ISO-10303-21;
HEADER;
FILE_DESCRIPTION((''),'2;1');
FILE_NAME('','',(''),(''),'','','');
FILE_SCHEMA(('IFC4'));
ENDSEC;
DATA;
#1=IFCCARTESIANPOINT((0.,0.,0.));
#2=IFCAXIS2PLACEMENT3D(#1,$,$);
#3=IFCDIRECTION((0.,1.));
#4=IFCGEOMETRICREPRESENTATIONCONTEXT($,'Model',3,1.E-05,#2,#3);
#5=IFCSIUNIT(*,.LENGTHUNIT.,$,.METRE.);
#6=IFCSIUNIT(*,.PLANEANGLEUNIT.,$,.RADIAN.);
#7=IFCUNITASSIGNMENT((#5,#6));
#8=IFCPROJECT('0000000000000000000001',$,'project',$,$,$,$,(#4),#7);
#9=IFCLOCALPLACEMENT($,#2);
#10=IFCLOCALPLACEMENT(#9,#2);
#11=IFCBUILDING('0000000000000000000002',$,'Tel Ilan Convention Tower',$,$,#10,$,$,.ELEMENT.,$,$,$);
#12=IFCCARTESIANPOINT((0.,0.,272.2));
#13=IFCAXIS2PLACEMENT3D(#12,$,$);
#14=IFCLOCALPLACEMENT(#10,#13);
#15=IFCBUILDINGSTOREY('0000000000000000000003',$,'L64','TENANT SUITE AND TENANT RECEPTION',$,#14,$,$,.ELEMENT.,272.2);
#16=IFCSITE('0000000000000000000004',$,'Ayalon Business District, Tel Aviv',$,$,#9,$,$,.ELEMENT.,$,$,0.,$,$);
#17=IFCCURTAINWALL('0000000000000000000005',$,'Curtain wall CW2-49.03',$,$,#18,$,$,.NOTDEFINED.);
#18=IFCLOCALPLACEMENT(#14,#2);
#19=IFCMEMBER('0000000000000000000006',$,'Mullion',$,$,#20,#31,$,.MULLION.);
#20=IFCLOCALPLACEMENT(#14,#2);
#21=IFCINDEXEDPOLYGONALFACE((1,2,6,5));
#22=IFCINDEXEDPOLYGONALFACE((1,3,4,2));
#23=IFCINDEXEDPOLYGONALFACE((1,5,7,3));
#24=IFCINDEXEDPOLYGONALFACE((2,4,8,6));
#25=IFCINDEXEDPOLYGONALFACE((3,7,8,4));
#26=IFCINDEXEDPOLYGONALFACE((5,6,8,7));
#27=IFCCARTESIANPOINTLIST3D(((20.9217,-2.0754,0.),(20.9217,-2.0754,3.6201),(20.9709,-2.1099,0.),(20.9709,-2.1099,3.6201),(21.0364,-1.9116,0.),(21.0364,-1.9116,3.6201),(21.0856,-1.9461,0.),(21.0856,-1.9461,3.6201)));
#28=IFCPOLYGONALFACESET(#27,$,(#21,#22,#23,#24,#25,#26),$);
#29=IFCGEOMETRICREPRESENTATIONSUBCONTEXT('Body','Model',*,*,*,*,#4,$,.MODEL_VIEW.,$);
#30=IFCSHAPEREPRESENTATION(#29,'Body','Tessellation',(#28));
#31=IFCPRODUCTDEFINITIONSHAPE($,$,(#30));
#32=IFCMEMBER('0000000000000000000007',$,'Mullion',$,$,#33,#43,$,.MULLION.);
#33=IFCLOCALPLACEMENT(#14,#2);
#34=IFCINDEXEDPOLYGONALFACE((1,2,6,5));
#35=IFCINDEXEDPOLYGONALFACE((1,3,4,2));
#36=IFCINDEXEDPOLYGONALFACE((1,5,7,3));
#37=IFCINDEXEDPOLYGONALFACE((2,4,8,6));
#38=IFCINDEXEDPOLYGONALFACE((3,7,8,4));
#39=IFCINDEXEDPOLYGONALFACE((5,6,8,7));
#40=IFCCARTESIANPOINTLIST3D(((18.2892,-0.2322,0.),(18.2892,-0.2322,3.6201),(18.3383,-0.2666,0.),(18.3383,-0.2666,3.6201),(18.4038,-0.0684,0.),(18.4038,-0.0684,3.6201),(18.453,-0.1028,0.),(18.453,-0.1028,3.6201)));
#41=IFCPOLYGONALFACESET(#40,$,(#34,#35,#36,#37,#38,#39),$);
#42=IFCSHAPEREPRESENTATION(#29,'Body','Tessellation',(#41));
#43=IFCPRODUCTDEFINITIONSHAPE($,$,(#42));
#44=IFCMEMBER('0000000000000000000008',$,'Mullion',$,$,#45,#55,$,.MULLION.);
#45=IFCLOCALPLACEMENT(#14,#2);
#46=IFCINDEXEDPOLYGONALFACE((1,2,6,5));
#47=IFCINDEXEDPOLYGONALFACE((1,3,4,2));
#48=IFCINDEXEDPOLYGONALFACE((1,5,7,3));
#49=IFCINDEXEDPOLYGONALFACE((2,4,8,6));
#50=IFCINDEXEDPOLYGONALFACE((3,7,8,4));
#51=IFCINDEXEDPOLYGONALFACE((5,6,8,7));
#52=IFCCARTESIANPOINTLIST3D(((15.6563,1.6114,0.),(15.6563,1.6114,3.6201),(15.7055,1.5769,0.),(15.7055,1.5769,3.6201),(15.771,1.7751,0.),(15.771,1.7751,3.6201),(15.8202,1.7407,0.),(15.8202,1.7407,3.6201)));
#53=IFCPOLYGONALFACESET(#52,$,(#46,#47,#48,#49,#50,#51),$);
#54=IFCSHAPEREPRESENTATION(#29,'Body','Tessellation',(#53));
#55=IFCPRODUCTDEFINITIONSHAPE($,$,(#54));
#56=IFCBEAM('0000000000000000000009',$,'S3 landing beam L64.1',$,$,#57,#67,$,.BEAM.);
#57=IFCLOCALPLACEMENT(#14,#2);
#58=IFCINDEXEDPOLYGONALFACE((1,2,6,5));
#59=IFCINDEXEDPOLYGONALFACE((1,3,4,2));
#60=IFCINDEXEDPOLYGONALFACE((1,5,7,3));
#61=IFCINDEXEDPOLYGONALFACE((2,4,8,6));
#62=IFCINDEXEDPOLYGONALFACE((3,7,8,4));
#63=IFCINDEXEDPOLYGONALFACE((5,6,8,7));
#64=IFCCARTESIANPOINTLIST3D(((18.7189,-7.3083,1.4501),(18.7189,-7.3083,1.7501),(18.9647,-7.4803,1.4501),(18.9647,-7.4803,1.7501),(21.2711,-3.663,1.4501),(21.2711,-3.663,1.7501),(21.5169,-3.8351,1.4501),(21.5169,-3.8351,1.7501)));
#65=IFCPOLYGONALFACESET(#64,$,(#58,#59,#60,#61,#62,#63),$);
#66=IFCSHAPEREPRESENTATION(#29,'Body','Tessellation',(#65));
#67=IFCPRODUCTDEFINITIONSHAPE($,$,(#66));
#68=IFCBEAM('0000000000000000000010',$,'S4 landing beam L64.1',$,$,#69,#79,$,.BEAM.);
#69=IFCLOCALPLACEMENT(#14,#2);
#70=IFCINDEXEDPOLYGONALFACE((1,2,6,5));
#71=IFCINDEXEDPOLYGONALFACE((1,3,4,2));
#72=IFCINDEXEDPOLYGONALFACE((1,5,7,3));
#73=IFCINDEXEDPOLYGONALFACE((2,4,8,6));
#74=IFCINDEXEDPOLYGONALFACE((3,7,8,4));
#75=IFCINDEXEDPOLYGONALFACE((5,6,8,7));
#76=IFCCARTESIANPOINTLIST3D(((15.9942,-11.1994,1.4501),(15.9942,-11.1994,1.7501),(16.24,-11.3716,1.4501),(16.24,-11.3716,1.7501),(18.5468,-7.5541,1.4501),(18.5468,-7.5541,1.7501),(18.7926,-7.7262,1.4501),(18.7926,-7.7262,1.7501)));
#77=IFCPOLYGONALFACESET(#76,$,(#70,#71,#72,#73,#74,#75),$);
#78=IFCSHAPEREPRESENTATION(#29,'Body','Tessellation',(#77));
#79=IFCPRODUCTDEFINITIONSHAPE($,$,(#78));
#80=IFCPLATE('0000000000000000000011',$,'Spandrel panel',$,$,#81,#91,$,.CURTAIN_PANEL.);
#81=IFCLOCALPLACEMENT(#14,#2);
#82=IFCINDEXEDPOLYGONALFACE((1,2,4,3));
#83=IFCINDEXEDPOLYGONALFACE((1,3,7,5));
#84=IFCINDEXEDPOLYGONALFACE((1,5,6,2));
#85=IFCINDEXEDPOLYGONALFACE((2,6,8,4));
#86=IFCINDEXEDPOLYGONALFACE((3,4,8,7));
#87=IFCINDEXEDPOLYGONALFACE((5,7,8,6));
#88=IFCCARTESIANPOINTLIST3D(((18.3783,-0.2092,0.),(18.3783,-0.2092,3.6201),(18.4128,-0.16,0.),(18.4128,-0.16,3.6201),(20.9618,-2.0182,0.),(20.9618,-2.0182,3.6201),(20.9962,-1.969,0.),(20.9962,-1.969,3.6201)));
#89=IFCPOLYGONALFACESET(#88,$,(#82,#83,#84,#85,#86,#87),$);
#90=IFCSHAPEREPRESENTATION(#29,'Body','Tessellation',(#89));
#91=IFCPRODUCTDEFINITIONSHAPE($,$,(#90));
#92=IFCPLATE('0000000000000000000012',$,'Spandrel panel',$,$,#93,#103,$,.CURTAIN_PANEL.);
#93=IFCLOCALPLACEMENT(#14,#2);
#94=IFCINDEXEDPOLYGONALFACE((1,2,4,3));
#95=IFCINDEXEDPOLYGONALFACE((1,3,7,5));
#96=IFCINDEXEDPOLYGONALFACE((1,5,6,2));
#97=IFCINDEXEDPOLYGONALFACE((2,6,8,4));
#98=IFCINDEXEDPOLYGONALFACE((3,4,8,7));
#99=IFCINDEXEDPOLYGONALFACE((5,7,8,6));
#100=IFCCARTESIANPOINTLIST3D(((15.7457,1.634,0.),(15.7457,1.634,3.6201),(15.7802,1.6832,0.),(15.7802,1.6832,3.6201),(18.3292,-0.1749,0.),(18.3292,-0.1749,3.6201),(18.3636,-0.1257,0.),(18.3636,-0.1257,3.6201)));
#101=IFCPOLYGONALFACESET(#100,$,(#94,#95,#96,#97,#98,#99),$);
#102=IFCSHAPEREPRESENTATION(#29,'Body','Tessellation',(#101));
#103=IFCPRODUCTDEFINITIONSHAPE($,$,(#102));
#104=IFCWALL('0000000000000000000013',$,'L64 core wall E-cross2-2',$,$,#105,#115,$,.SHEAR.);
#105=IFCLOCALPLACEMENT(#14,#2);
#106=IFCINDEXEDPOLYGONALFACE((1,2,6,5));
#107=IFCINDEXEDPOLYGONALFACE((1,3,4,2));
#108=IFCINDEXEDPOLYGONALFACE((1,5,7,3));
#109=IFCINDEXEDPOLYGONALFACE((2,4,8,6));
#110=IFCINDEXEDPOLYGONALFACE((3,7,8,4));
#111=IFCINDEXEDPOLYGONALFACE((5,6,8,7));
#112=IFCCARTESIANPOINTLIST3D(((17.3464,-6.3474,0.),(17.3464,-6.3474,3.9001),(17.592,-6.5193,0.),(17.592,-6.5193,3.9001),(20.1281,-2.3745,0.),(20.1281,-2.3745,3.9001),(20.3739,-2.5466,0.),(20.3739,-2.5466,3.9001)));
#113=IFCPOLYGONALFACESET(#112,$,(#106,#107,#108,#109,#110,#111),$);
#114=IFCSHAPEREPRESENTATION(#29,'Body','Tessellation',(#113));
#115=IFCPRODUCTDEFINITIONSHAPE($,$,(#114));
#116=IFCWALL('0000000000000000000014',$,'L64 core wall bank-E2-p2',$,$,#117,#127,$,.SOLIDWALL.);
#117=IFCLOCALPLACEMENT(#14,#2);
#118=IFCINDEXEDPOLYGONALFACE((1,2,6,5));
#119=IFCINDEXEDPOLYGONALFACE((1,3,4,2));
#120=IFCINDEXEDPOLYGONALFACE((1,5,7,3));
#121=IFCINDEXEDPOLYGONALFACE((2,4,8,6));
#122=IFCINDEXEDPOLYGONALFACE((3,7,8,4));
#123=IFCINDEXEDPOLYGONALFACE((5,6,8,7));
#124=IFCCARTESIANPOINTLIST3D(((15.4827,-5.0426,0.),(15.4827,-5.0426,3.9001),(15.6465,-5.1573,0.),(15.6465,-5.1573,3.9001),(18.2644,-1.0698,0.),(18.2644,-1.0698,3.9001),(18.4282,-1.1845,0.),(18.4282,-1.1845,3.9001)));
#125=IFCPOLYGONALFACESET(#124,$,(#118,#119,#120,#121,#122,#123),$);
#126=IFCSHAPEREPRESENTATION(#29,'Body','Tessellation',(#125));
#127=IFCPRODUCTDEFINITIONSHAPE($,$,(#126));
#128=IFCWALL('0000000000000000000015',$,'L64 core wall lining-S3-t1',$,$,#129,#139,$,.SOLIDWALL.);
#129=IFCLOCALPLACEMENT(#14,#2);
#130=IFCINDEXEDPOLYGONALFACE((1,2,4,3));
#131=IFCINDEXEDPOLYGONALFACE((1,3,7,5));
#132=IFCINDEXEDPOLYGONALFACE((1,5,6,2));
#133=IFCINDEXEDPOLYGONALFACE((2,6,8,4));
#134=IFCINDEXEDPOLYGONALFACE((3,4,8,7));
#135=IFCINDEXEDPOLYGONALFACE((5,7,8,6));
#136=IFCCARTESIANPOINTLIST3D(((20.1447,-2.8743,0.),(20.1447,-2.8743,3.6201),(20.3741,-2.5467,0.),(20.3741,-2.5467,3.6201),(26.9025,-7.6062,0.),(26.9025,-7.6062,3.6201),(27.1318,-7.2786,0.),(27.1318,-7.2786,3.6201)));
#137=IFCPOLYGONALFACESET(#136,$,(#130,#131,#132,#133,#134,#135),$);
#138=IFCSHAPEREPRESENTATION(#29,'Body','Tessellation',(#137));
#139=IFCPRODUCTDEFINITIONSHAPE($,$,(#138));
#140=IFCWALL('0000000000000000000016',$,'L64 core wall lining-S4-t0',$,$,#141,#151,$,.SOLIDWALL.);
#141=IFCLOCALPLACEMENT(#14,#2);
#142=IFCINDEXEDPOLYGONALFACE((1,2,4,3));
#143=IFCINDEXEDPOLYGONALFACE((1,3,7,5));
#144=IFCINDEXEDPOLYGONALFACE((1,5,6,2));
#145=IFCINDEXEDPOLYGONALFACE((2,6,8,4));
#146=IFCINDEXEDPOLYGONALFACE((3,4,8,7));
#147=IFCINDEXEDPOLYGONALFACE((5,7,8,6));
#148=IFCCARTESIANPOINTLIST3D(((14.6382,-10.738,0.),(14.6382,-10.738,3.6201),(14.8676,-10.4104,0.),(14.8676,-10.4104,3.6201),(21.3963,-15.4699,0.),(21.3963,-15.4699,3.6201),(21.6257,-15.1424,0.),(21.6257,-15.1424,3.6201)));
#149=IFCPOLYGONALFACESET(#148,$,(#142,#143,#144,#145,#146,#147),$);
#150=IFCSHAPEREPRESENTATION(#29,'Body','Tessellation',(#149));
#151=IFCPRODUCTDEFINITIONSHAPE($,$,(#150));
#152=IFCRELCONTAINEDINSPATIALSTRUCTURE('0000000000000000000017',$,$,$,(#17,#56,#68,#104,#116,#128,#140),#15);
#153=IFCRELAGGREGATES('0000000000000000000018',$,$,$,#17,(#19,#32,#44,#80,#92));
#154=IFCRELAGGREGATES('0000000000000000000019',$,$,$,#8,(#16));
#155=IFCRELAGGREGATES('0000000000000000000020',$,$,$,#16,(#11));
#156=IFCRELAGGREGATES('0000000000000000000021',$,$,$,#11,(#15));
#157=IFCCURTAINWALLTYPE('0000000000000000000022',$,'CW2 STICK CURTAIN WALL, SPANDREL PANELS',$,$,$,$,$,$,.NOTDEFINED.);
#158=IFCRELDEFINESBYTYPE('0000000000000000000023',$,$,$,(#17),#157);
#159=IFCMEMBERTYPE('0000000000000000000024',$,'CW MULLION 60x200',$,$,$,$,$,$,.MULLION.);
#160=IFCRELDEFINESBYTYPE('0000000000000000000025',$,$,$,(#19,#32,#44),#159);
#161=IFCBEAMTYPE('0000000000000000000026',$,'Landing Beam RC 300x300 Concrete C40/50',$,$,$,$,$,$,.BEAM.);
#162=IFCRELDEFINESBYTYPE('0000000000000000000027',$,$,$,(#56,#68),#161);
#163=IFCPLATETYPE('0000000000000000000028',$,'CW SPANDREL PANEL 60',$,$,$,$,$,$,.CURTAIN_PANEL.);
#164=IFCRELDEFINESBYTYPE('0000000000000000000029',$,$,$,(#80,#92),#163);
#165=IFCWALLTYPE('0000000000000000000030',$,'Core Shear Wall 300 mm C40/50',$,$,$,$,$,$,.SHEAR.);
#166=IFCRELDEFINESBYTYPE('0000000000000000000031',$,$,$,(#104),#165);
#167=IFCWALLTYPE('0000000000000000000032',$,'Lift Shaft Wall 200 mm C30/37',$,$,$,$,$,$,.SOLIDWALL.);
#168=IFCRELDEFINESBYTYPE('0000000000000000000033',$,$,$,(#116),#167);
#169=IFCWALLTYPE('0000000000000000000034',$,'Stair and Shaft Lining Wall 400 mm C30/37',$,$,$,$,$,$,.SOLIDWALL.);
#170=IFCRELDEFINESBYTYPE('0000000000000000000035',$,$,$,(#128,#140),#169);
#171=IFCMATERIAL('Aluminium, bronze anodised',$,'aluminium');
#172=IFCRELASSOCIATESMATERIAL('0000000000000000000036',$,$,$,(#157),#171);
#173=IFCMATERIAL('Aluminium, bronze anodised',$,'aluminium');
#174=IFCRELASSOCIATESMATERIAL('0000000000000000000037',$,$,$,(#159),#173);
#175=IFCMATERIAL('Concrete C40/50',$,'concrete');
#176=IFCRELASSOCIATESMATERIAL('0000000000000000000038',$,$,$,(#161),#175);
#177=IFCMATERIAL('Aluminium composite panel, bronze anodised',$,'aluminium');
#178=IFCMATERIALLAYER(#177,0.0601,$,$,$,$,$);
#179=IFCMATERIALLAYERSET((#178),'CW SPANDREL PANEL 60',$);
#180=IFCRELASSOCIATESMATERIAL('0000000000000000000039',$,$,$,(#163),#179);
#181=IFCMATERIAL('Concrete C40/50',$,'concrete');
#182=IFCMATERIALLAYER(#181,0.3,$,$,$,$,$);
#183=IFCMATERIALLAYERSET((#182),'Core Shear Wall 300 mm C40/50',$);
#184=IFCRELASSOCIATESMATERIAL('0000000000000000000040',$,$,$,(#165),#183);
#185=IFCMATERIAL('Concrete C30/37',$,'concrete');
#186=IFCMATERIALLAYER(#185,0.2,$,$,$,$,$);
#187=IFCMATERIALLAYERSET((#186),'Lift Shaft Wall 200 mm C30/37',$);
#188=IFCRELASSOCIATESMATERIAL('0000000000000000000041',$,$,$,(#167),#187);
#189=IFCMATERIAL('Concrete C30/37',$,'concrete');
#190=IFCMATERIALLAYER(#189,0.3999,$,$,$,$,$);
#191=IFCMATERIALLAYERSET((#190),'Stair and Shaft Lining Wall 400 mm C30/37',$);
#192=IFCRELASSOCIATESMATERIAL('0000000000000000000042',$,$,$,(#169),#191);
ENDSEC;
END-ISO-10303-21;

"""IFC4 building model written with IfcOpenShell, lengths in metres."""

from ifc_helpers import new_model, si_unit, direction, frame, frame_2d, origin, origin_2d, place, context, subcontext, project, spatial, polyline, rectangle, outline, extrude, material, layer, layer_set, material_profile, profile_set, type_object, element, aggregate, save


model = new_model("IFC4")

# Units and contexts
model_context = context("Model", 3, precision=1e-05, world=origin(), true_north=direction((0.0, 1.0)))
body_context = subcontext(model_context, "Body", "Model", "MODEL_VIEW")
ifc_project = project(units=[si_unit("LENGTHUNIT", "METRE"), si_unit("PLANEANGLEUNIT", "RADIAN")], contexts=[model_context])

# Site, building, storey
site_placement = place(None, origin())
site = spatial("IfcSite", under=ifc_project, at=site_placement, Name="Ayalon Business District, Tel Aviv", CompositionType="ELEMENT", RefElevation=0.0)
building_placement = place(site_placement, origin())
building = spatial("IfcBuilding", under=site, at=building_placement, Name="Tel Ilan Convention Tower", CompositionType="ELEMENT")
storey_placement = place(building_placement, frame((0.0, 0.0, 272.2)))
storey = spatial("IfcBuildingStorey", under=building, at=storey_placement, Name="L64", Description="TENANT SUITE AND TENANT RECEPTION", CompositionType="ELEMENT", Elevation=272.2)

# Curtain wall, members
ifc_material_1 = material(Name="Aluminium, bronze anodised", Category="aluminium")
curtain_wall_type = type_object("IfcCurtainWallType", Name="CW2 STICK CURTAIN WALL, SPANDREL PANELS", PredefinedType="NOTDEFINED", material=ifc_material_1)
curtain_wall_placement = place(storey_placement, origin())
curtain_wall = element("IfcCurtainWall", 1, at=curtain_wall_placement, inside=storey, type_object=curtain_wall_type, Name="Curtain wall CW2-49.03", PredefinedType="NOTDEFINED")
ifc_material_2 = material(Name="Aluminium, bronze anodised", Category="aluminium")
ifc_material_profile_1 = material_profile(ifc_material_2, rectangle(XDim=0.0601, YDim=0.2, at=origin_2d()), Name="CW MULLION 60x200")
ifc_profile_set_1 = profile_set([ifc_material_profile_1], Name="Aluminium, bronze anodised")
member_type = type_object("IfcMemberType", Name="CW MULLION 60x200", PredefinedType="MULLION", material=ifc_profile_set_1)
member_1_placement = place(storey_placement, frame((21.0037, -2.0107, 0.0), z_axis=(0.0, 0.0, 1.0), x_axis=(-0.819152, 0.573576, 0.0)))
member_1 = element("IfcMember", 2, at=member_1_placement, type_object=member_type, Name="Mullion", PredefinedType="MULLION", context=body_context, shape_type="SweptSolid", body=[
    extrude(rectangle(XDim=0.0601, YDim=0.2, at=origin_2d()), origin(), (0.0, 0.0, 1.0), 3.6201),
])
member_2_placement = place(storey_placement, frame((18.3711, -0.1675, 0.0), z_axis=(0.0, 0.0, 1.0), x_axis=(-0.819152, 0.573576, 0.0)))
member_2 = element("IfcMember", 3, at=member_2_placement, type_object=member_type, Name="Mullion", PredefinedType="MULLION", context=body_context, shape_type="SweptSolid", body=[
    extrude(rectangle(XDim=0.0601, YDim=0.2, at=origin_2d()), origin(), (0.0, 0.0, 1.0), 3.6201),
])
member_3_placement = place(storey_placement, frame((15.7383, 1.676, 0.0), z_axis=(0.0, 0.0, 1.0), x_axis=(-0.819152, 0.573576, 0.0)))
member_3 = element("IfcMember", 4, at=member_3_placement, type_object=member_type, Name="Mullion", PredefinedType="MULLION", context=body_context, shape_type="SweptSolid", body=[
    extrude(rectangle(XDim=0.0601, YDim=0.2, at=origin_2d()), origin(), (0.0, 0.0, 1.0), 3.6201),
])

# Beams
ifc_material_3 = material(Name="Concrete C40/50", Category="concrete")
ifc_material_profile_2 = material_profile(ifc_material_3, rectangle(XDim=0.3, YDim=0.3, at=origin_2d()), Name="RC 300x300")
ifc_profile_set_2 = profile_set([ifc_material_profile_2], Name="Concrete C40/50")
beam_type = type_object("IfcBeamType", Name="Landing Beam RC 300x300 Concrete C40/50", PredefinedType="BEAM", material=ifc_profile_set_2)
beam_1_placement = place(storey_placement, frame((21.394, -3.749, 1.6001), z_axis=(-0.573547, -0.819173, 0.0), x_axis=(0.819173, -0.573547, 0.0)))
element("IfcBeam", 5, at=beam_1_placement, inside=storey, type_object=beam_type, Name="S3 landing beam L64.1", PredefinedType="BEAM", context=body_context, shape_type="SweptSolid", body=[
    extrude(rectangle(XDim=0.3, YDim=0.3, at=origin_2d()), origin(), (0.0, 0.0, 1.0), 4.45),
])
beam_2_placement = place(storey_placement, frame((18.6697, -7.6401, 1.6001), z_axis=(-0.573584, -0.819147, 0.0), x_axis=(0.819147, -0.573584, 0.0)))
element("IfcBeam", 6, at=beam_2_placement, inside=storey, type_object=beam_type, Name="S4 landing beam L64.1", PredefinedType="BEAM", context=body_context, shape_type="SweptSolid", body=[
    extrude(rectangle(XDim=0.3, YDim=0.3, at=origin_2d()), origin(), (0.0, 0.0, 1.0), 4.4502),
])

# Plates
ifc_material_4 = material(Name="Aluminium composite panel, bronze anodised", Category="aluminium")
ifc_layer_1 = layer(ifc_material_4, 0.0601)
ifc_layer_set_1 = layer_set([ifc_layer_1], Name="CW SPANDREL PANEL 60")
plate_type = type_object("IfcPlateType", Name="CW SPANDREL PANEL 60", PredefinedType="CURTAIN_PANEL", material=ifc_layer_set_1)
plate_1_placement = place(storey_placement, frame((19.6873, -1.0891, 0.0), z_axis=(0.0, 0.0, 1.0), x_axis=(-0.819152, 0.573576, 0.0)))
plate_1 = element("IfcPlate", 7, at=plate_1_placement, type_object=plate_type, Name="Spandrel panel", PredefinedType="CURTAIN_PANEL", context=body_context, shape_type="SweptSolid", body=[
    extrude(rectangle(XDim=3.1538, YDim=0.0601, at=origin_2d()), origin(), (0.0, 0.0, 1.0), 3.6201),
])
plate_2_placement = place(storey_placement, frame((17.0547, 0.7542, 0.0), z_axis=(0.0, 0.0, 1.0), x_axis=(-0.819152, 0.573576, 0.0)))
plate_2 = element("IfcPlate", 8, at=plate_2_placement, type_object=plate_type, Name="Spandrel panel", PredefinedType="CURTAIN_PANEL", context=body_context, shape_type="SweptSolid", body=[
    extrude(rectangle(XDim=3.1538, YDim=0.0601, at=origin_2d()), origin(), (0.0, 0.0, 1.0), 3.6201),
])
aggregate(curtain_wall, [member_1, member_2, member_3, plate_1, plate_2])

# Walls
ifc_material_5 = material(Name="Concrete C40/50", Category="concrete")
ifc_layer_2 = layer(ifc_material_5, 0.3)
ifc_layer_set_2 = layer_set([ifc_layer_2], Name="Core Shear Wall 300 mm C40/50")
wall_type_1 = type_object("IfcWallType", Name="Core Shear Wall 300 mm C40/50", PredefinedType="SHEAR", material=ifc_layer_set_2)
wall_1_placement = place(storey_placement, frame((17.4692, -6.4333, 0.0), z_axis=(0.0, 0.0, 1.0), x_axis=(0.573594, 0.81914, 0.0)))
element("IfcWall", 9, at=wall_1_placement, inside=storey, type_object=wall_type_1, Name="L64 core wall E-cross2-2", PredefinedType="SHEAR", context=body_context, shape_type="SweptSolid", body=[
    extrude(outline(polyline([(4.8499, -0.1499), (4.8499, 0.1501), (0.0, 0.1499), (0.0, -0.1499), (4.8499, -0.1499)])), origin(), (0.0, 0.0, 1.0), 3.9001),
])
ifc_material_6 = material(Name="Concrete C30/37", Category="concrete")
ifc_layer_3 = layer(ifc_material_6, 0.2)
ifc_layer_set_3 = layer_set([ifc_layer_3], Name="Lift Shaft Wall 200 mm C30/37")
wall_type_2 = type_object("IfcWallType", Name="Lift Shaft Wall 200 mm C30/37", PredefinedType="SOLIDWALL", material=ifc_layer_set_3)
wall_2_placement = place(storey_placement, frame((15.5647, -5.0999, 0.0), z_axis=(0.0, 0.0, 1.0), x_axis=(0.57356, 0.819163, 0.0)))
element("IfcWall", 10, at=wall_2_placement, inside=storey, type_object=wall_type_2, Name="L64 core wall bank-E2-p2", PredefinedType="SOLIDWALL", context=body_context, shape_type="SweptSolid", body=[
    extrude(rectangle(XDim=4.8499, YDim=0.2, at=frame_2d((2.4248, 0.0))), origin(), (0.0, 0.0, 1.0), 3.9001),
])
ifc_material_7 = material(Name="Concrete C30/37", Category="concrete")
ifc_layer_4 = layer(ifc_material_7, 0.3999)
ifc_layer_set_4 = layer_set([ifc_layer_4], Name="Stair and Shaft Lining Wall 400 mm C30/37")
wall_type_3 = type_object("IfcWallType", Name="Stair and Shaft Lining Wall 400 mm C30/37", PredefinedType="SOLIDWALL", material=ifc_layer_set_4)
wall_3_placement = place(storey_placement, frame((20.2593, -2.7104, 0.0), z_axis=(0.0, 0.0, 1.0), x_axis=(0.819148, -0.573582, 0.0)))
element("IfcWall", 11, at=wall_3_placement, inside=storey, type_object=wall_type_3, Name="L64 core wall lining-S3-t1", PredefinedType="SOLIDWALL", context=body_context, shape_type="SweptSolid", body=[
    extrude(rectangle(XDim=8.2498, YDim=0.3999, at=frame_2d((4.125, 0.0))), origin(), (0.0, 0.0, 1.0), 3.6201),
])
wall_4_placement = place(storey_placement, frame((14.7529, -10.5742, 0.0), z_axis=(0.0, 0.0, 1.0), x_axis=(0.819158, -0.573568, 0.0)))
element("IfcWall", 12, at=wall_4_placement, inside=storey, type_object=wall_type_3, Name="L64 core wall lining-S4-t0", PredefinedType="SOLIDWALL", context=body_context, shape_type="SweptSolid", body=[
    extrude(rectangle(XDim=8.25, YDim=0.3999, at=frame_2d((4.125, 0.0))), origin(), (0.0, 0.0, 1.0), 3.6201),
])

save(model, "model.ifc")
